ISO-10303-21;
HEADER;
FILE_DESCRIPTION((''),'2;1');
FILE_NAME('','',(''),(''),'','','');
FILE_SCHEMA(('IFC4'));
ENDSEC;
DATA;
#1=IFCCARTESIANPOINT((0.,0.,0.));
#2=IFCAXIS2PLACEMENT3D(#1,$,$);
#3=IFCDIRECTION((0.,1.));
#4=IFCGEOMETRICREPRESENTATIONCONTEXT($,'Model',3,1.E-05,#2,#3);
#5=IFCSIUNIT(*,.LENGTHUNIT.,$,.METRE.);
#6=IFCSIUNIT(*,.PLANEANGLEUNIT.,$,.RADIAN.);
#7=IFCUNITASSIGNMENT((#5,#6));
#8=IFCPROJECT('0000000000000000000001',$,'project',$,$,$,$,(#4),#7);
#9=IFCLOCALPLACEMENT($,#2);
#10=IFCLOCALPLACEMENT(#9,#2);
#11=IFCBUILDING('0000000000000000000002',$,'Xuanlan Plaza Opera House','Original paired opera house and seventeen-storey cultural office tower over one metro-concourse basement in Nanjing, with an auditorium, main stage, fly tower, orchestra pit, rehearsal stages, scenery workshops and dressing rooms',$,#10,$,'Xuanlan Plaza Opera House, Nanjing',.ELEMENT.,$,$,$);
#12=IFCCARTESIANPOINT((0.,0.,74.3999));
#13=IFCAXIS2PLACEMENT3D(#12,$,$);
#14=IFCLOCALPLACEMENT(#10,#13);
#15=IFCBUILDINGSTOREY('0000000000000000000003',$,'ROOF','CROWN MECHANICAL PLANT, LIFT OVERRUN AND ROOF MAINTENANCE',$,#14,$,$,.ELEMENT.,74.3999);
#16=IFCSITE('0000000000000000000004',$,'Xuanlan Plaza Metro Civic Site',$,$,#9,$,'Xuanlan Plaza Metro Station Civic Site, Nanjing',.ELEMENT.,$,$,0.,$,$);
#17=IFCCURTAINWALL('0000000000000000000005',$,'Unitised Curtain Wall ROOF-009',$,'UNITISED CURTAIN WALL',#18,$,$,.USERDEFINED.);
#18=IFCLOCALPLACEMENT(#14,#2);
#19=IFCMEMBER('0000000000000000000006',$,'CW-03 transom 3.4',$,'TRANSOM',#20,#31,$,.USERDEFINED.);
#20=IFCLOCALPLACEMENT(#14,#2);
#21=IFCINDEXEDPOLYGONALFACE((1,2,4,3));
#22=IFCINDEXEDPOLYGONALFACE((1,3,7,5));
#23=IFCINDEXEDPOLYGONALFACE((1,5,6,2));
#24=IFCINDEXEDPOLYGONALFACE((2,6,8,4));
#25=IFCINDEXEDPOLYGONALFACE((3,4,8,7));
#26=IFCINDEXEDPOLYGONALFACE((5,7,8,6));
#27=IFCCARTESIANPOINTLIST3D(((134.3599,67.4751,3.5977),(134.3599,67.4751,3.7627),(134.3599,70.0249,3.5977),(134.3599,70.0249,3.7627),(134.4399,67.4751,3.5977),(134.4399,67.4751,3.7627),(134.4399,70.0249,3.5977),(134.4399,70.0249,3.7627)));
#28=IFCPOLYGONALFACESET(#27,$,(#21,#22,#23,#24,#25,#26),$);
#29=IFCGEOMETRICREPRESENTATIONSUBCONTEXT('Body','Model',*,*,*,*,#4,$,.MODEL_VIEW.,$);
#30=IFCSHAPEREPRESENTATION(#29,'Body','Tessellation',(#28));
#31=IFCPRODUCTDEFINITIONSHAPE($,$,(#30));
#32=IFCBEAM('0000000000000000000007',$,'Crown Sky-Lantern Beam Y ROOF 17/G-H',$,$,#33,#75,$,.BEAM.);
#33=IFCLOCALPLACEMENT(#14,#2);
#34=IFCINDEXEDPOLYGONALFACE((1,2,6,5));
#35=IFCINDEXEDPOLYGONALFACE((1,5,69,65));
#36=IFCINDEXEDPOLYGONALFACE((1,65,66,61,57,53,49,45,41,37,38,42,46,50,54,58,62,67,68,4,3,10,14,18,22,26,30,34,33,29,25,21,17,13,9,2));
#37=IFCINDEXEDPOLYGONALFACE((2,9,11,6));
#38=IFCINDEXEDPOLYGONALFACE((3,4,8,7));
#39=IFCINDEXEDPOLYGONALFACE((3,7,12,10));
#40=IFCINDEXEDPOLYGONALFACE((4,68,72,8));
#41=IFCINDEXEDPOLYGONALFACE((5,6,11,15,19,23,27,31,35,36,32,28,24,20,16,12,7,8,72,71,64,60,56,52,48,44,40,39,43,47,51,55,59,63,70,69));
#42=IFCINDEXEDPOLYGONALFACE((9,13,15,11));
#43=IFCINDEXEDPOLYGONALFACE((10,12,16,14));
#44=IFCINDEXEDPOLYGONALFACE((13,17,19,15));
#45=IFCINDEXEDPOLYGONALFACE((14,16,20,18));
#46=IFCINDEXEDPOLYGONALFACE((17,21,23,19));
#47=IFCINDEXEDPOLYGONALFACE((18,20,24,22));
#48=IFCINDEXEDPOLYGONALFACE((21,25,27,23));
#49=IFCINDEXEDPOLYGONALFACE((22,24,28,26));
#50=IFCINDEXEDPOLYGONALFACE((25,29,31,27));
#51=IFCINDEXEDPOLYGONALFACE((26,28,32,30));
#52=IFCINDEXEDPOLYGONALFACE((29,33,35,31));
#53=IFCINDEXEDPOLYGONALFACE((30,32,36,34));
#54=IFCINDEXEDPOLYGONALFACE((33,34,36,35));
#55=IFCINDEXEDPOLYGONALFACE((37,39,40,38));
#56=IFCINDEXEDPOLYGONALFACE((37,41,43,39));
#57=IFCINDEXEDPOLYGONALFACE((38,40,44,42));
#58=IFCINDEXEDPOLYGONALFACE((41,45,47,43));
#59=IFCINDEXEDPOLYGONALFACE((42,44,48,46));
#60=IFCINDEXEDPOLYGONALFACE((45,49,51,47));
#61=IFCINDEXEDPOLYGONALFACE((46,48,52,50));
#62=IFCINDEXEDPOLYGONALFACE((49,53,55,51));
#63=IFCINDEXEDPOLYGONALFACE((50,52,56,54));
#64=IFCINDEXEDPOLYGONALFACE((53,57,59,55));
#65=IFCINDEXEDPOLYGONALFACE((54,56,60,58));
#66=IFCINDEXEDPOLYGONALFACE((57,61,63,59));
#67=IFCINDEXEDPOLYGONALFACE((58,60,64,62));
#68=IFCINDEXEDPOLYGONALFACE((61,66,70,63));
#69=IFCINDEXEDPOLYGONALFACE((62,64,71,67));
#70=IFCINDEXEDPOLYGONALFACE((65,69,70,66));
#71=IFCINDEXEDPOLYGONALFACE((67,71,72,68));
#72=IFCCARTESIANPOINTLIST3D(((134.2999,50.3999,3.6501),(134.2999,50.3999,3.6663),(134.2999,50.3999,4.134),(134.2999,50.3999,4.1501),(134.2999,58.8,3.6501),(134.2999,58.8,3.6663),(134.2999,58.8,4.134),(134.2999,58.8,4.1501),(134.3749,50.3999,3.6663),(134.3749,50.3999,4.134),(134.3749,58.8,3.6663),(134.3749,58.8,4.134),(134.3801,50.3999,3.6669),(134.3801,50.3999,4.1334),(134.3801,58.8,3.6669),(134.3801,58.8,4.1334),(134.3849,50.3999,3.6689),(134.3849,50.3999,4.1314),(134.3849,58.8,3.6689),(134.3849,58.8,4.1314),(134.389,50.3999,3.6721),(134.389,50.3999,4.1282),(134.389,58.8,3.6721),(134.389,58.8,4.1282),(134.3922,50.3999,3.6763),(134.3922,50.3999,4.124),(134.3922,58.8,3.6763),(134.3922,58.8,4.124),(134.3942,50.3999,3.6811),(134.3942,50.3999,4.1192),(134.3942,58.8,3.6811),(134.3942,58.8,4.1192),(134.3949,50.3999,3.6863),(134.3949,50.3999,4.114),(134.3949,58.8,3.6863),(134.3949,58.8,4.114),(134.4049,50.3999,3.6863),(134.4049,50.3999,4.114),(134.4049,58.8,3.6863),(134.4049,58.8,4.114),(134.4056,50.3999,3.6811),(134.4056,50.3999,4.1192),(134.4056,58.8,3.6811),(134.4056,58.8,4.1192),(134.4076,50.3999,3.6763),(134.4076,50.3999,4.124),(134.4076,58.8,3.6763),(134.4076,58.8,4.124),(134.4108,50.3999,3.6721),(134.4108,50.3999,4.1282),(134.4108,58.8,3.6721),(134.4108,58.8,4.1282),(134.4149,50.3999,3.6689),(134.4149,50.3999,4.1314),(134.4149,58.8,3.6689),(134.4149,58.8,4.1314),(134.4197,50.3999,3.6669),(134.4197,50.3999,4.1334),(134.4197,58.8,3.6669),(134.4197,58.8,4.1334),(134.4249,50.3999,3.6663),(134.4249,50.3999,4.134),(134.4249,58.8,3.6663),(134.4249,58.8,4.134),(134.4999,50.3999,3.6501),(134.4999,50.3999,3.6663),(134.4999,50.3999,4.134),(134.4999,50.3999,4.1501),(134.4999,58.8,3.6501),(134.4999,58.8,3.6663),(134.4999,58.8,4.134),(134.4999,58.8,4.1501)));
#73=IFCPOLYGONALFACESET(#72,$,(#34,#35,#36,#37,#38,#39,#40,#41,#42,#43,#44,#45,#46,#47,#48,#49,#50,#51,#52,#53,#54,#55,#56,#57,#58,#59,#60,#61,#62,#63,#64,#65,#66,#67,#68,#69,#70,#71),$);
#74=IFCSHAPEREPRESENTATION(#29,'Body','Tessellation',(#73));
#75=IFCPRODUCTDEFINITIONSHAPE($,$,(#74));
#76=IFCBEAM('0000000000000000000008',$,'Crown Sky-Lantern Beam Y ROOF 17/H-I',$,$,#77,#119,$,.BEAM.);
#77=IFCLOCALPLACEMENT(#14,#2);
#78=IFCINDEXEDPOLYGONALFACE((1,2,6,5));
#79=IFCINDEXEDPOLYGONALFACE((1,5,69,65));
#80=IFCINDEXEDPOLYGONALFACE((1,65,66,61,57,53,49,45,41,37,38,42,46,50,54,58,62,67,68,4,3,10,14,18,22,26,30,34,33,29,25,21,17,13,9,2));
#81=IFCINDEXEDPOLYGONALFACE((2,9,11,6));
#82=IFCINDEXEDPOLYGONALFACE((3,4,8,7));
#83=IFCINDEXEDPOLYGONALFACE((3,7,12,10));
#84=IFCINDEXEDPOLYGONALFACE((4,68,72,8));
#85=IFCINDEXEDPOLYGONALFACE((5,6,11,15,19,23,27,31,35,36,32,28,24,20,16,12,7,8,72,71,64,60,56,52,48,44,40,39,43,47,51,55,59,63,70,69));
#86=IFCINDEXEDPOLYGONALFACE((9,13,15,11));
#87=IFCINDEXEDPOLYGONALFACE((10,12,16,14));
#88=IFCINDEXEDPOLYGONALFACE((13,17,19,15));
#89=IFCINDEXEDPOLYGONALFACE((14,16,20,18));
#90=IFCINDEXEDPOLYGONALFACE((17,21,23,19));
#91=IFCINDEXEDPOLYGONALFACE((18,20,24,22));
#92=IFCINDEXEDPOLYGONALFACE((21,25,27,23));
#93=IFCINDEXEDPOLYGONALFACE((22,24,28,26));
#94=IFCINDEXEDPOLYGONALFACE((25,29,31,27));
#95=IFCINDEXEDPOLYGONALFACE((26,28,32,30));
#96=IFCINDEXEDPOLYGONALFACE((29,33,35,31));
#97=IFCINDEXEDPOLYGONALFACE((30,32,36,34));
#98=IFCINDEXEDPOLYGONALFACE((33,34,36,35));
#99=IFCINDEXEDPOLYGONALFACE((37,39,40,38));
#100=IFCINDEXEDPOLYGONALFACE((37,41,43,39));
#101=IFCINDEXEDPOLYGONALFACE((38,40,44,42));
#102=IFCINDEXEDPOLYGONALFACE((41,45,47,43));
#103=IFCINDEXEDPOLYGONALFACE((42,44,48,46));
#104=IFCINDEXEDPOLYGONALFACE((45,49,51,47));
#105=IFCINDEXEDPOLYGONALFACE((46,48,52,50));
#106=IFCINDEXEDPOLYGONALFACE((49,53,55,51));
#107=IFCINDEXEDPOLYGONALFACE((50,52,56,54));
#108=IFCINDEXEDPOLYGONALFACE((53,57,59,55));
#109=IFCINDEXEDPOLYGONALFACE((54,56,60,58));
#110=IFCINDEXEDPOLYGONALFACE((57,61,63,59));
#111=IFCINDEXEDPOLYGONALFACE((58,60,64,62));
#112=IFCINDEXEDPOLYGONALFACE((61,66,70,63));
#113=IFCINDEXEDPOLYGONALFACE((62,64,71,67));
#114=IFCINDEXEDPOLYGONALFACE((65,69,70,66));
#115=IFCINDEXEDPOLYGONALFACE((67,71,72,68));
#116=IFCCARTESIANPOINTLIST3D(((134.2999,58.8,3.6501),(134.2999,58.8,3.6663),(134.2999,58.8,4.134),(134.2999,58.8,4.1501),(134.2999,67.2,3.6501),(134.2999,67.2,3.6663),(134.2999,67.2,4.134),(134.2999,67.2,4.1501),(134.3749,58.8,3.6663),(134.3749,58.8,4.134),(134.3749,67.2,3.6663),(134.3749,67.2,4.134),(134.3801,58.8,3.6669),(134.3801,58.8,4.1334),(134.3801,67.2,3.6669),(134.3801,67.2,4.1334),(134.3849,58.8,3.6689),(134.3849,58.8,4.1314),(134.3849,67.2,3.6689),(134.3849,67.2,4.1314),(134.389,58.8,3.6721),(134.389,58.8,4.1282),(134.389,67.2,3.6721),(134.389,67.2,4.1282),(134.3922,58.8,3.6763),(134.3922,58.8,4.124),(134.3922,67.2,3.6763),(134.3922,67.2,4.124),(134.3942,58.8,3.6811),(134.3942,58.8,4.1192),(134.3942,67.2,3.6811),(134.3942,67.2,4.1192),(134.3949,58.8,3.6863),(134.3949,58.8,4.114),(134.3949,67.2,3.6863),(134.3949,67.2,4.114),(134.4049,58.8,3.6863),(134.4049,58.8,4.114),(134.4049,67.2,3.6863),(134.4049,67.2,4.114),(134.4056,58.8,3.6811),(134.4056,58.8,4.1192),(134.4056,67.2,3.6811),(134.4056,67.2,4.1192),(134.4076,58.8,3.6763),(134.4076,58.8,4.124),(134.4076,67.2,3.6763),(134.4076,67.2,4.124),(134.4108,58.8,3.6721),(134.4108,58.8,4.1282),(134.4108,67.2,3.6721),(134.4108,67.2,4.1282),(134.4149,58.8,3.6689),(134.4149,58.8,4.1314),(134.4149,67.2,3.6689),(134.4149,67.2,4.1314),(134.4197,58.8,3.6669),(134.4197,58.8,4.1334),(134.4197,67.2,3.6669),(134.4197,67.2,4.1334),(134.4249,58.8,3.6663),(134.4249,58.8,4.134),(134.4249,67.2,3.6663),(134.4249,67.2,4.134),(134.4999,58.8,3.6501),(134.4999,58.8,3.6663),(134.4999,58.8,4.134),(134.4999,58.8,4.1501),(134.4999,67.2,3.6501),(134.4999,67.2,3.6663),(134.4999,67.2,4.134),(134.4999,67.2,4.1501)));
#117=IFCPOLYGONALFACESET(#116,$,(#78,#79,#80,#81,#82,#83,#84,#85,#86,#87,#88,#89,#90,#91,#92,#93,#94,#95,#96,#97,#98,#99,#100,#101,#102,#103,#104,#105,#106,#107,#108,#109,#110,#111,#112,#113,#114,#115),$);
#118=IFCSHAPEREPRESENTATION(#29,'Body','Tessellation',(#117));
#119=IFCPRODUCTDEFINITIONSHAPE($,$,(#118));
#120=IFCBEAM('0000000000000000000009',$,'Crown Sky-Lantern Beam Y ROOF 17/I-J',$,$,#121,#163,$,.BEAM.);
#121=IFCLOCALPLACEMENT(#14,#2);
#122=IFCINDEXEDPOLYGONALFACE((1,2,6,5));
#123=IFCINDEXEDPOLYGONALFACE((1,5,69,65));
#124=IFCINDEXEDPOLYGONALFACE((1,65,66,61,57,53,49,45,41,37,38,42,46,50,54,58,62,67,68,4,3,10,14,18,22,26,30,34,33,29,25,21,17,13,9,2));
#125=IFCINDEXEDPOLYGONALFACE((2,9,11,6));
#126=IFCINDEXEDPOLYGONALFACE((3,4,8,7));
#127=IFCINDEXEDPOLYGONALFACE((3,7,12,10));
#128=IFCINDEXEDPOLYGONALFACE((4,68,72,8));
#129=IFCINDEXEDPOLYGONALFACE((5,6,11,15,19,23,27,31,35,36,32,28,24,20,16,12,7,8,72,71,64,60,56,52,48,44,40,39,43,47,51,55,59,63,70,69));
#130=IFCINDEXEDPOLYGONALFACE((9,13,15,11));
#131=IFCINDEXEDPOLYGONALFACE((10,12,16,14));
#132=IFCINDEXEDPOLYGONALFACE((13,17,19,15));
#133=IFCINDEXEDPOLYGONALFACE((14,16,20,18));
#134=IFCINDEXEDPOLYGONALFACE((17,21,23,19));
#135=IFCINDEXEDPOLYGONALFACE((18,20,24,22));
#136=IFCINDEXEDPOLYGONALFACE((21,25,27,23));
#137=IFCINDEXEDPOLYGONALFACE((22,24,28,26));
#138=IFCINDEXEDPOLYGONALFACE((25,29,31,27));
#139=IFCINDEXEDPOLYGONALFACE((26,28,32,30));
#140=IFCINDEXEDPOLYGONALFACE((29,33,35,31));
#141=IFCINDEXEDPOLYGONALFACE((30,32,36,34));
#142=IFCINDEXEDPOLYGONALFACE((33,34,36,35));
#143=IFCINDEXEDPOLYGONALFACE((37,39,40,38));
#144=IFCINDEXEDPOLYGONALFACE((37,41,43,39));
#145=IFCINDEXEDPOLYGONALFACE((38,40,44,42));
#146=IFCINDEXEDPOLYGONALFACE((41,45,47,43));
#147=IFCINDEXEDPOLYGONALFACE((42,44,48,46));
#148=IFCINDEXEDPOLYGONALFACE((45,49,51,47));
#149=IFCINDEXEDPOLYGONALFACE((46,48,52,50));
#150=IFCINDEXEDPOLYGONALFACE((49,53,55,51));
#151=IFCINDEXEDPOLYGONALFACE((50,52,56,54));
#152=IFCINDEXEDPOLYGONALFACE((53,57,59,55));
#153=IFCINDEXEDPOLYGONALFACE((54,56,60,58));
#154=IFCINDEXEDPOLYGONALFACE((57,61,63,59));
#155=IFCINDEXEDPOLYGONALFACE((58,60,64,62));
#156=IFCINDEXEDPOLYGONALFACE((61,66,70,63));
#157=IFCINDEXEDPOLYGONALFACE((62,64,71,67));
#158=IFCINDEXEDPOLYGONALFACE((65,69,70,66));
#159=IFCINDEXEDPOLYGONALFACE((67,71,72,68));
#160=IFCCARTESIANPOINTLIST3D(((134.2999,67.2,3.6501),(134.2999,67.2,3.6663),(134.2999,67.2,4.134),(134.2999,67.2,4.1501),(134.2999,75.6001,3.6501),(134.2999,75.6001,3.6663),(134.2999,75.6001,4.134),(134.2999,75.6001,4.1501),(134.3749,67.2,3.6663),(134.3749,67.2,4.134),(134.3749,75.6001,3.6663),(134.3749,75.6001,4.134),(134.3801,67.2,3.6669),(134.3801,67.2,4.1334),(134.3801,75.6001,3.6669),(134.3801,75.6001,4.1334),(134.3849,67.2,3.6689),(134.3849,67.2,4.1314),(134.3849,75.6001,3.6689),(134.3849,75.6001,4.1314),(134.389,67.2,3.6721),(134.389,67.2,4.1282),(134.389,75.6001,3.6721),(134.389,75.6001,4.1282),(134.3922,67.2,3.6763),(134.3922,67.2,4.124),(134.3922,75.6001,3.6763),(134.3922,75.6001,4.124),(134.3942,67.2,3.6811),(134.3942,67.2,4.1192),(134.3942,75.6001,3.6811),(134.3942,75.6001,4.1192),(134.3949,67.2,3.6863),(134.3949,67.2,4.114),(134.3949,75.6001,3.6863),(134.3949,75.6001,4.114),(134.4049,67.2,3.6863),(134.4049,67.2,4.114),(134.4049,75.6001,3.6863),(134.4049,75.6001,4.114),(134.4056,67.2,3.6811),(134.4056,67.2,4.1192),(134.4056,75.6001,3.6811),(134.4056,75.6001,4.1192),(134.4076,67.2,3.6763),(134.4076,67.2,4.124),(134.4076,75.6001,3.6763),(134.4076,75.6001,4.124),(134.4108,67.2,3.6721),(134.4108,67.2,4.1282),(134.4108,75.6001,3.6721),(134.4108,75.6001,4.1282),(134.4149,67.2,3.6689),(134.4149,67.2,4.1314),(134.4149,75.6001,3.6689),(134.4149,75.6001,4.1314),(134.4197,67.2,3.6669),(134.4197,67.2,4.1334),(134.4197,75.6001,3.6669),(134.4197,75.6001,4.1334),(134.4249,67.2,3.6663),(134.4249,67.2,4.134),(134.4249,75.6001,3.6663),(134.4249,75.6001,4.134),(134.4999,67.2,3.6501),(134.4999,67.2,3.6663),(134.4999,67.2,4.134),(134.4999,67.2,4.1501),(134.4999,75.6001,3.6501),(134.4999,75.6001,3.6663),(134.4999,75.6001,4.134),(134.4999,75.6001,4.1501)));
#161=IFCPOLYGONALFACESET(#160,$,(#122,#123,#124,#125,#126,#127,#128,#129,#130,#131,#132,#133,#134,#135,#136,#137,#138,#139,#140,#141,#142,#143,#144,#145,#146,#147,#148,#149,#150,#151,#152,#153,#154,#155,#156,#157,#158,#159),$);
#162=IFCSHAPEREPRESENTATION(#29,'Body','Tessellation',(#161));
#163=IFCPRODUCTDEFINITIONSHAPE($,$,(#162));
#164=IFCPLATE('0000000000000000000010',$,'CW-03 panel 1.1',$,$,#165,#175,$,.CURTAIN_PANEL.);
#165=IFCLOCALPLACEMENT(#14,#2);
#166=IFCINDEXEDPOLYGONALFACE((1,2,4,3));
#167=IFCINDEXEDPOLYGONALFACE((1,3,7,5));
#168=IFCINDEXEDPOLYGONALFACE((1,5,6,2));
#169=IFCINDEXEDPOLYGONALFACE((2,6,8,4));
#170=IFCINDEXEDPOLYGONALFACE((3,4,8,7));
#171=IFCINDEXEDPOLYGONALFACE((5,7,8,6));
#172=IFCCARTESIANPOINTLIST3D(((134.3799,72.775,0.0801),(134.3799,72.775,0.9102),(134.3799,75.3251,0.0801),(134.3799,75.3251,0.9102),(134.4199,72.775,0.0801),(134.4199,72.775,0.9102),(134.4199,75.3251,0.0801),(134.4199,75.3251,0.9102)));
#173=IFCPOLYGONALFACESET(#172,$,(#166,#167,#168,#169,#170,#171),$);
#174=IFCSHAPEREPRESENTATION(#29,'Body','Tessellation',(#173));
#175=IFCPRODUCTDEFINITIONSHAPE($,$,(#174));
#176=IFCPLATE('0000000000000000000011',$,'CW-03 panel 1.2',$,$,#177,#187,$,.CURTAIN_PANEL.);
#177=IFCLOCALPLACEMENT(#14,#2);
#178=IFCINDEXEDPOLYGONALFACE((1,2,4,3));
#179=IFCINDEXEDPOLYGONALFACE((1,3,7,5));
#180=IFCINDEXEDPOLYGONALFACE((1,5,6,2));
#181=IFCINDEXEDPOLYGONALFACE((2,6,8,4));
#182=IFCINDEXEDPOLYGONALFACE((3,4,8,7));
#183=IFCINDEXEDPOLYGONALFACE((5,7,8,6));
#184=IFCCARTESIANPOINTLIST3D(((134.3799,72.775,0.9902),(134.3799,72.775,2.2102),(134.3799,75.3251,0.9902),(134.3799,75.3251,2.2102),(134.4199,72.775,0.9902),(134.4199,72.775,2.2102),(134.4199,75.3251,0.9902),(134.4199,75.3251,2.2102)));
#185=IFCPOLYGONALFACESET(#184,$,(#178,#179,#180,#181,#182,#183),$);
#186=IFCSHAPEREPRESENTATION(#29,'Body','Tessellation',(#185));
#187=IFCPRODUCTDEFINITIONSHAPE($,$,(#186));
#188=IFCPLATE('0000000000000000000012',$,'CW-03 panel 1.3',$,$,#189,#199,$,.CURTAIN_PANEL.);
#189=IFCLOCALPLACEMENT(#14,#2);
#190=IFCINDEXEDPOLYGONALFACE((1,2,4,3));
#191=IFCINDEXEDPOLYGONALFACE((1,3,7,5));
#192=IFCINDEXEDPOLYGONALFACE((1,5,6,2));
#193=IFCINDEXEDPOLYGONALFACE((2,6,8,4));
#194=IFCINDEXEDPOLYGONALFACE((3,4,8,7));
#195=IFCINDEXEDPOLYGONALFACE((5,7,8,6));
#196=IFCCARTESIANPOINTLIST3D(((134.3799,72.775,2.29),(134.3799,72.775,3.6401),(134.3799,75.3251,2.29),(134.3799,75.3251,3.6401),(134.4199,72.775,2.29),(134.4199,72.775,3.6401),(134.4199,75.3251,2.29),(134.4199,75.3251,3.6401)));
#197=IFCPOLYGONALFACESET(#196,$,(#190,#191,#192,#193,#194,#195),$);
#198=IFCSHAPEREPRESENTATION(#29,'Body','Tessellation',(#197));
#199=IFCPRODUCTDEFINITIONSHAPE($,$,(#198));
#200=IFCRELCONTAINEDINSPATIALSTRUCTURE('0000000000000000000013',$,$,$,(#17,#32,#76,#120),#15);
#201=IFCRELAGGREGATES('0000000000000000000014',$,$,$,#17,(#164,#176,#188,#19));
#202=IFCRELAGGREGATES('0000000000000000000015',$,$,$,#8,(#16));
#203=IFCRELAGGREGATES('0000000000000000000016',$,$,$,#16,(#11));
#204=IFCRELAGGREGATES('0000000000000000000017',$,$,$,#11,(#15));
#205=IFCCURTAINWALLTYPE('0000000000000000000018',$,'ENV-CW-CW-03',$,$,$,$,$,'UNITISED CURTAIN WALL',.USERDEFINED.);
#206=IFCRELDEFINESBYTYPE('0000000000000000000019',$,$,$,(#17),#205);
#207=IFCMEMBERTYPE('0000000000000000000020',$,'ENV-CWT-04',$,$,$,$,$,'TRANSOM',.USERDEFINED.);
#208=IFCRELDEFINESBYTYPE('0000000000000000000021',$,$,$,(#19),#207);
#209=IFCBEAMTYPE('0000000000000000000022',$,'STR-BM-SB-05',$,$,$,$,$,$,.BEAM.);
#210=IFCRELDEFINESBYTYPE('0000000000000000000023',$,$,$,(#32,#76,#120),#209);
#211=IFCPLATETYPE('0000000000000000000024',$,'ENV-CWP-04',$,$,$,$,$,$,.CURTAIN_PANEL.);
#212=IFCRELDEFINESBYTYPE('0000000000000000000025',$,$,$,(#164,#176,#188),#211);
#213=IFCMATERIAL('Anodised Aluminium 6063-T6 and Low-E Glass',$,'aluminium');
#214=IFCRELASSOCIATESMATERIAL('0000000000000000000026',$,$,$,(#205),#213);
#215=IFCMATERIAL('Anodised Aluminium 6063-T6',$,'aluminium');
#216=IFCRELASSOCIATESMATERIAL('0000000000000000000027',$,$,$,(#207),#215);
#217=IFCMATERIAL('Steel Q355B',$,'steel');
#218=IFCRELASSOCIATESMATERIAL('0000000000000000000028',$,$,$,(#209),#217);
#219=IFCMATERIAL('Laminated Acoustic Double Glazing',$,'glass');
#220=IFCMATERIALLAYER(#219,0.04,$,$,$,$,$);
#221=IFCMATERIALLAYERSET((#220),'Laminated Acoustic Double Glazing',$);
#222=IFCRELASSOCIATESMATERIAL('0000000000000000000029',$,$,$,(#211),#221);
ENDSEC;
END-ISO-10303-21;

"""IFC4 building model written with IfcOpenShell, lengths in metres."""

from ifc_helpers import new_model, si_unit, direction, frame, origin, origin_2d, place, context, subcontext, project, spatial, rectangle, i_section, extrude, material, layer, layer_set, material_profile, profile_set, type_object, element, aggregate, save


model = new_model("IFC4")

# Units and contexts
model_context = context("Model", 3, precision=1e-05, world=origin(), true_north=direction((0.0, 1.0)))
body_context = subcontext(model_context, "Body", "Model", "MODEL_VIEW")
ifc_project = project(units=[si_unit("LENGTHUNIT", "METRE"), si_unit("PLANEANGLEUNIT", "RADIAN")], contexts=[model_context])

# Site, building, storey
site_placement = place(None, origin())
site = spatial("IfcSite", under=ifc_project, at=site_placement, Name="Xuanlan Plaza Metro Civic Site", LongName="Xuanlan Plaza Metro Station Civic Site, Nanjing", CompositionType="ELEMENT", RefElevation=0.0)
building_placement = place(site_placement, origin())
building = spatial("IfcBuilding", under=site, at=building_placement, Name="Xuanlan Plaza Opera House", Description="Original paired opera house and seventeen-storey cultural office tower over one metro-concourse basement in Nanjing, with an auditorium, main stage, fly tower, orchestra pit, rehearsal stages, scenery workshops and dressing rooms", LongName="Xuanlan Plaza Opera House, Nanjing", CompositionType="ELEMENT")
storey_placement = place(building_placement, frame((0.0, 0.0, 74.3999)))
storey = spatial("IfcBuildingStorey", under=building, at=storey_placement, Name="ROOF", Description="CROWN MECHANICAL PLANT, LIFT OVERRUN AND ROOF MAINTENANCE", CompositionType="ELEMENT", Elevation=74.3999)

# Curtain wall, member
ifc_material_1 = material(Name="Anodised Aluminium 6063-T6 and Low-E Glass", Category="aluminium")
curtain_wall_type = type_object("IfcCurtainWallType", Name="ENV-CW-CW-03", ElementType="UNITISED CURTAIN WALL", PredefinedType="USERDEFINED", material=ifc_material_1)
curtain_wall_placement = place(storey_placement, origin())
curtain_wall = element("IfcCurtainWall", 1, at=curtain_wall_placement, inside=storey, type_object=curtain_wall_type, Name="Unitised Curtain Wall ROOF-009", ObjectType="UNITISED CURTAIN WALL", PredefinedType="USERDEFINED")
ifc_material_2 = material(Name="Anodised Aluminium 6063-T6", Category="aluminium")
ifc_material_profile_1 = material_profile(ifc_material_2, rectangle(XDim=0.0801, YDim=0.165, at=origin_2d()), Name="ALU-T 80x165")
ifc_profile_set_1 = profile_set([ifc_material_profile_1], Name="Anodised Aluminium 6063-T6")
member_type_1 = type_object("IfcMemberType", Name="ENV-CWT-04", ElementType="TRANSOM", PredefinedType="USERDEFINED", material=ifc_profile_set_1)
member_1_placement = place(storey_placement, frame((134.3999, 70.0249, 3.6802), z_axis=(0.0, -1.0, 0.0), x_axis=(1.0, 0.0, 0.0)))
member_1 = element("IfcMember", 2, at=member_1_placement, type_object=member_type_1, Name="CW-03 transom 3.4", ObjectType="TRANSOM", PredefinedType="USERDEFINED", context=body_context, shape_type="SweptSolid", body=[
    extrude(rectangle(XDim=0.0801, YDim=0.165, at=origin_2d()), origin(), (0.0, 0.0, 1.0), 2.5498),
])

# Beams
ifc_material_3 = material(Name="Steel Q355B", Category="steel")
ifc_material_profile_2 = material_profile(ifc_material_3, i_section(OverallWidth=0.2, OverallDepth=0.5, WebThickness=0.01, FlangeThickness=0.0161, FilletRadius=0.02, at=origin_2d()), Name="HN 500x200x10x16")
ifc_profile_set_2 = profile_set([ifc_material_profile_2], Name="Steel Q355B")
beam_type = type_object("IfcBeamType", Name="STR-BM-SB-05", PredefinedType="BEAM", material=ifc_profile_set_2)
beam_1_placement = place(storey_placement, frame((134.3999, 50.3999, 3.9001), z_axis=(0.0, 1.0, 0.0), x_axis=(-1.0, 0.0, 0.0)))
element("IfcBeam", 3, at=beam_1_placement, inside=storey, type_object=beam_type, Name="Crown Sky-Lantern Beam Y ROOF 17/G-H", PredefinedType="BEAM", context=body_context, shape_type="SweptSolid", body=[
    extrude(i_section(OverallWidth=0.2, OverallDepth=0.5, WebThickness=0.01, FlangeThickness=0.0161, FilletRadius=0.02, at=origin_2d()), origin(), (0.0, 0.0, 1.0), 8.4001),
])
beam_2_placement = place(storey_placement, frame((134.3999, 58.8, 3.9001), z_axis=(0.0, 1.0, 0.0), x_axis=(-1.0, 0.0, 0.0)))
element("IfcBeam", 4, at=beam_2_placement, inside=storey, type_object=beam_type, Name="Crown Sky-Lantern Beam Y ROOF 17/H-I", PredefinedType="BEAM", context=body_context, shape_type="SweptSolid", body=[
    extrude(i_section(OverallWidth=0.2, OverallDepth=0.5, WebThickness=0.01, FlangeThickness=0.0161, FilletRadius=0.02, at=origin_2d()), origin(), (0.0, 0.0, 1.0), 8.3999),
])
beam_3_placement = place(storey_placement, frame((134.3999, 67.2, 3.9001), z_axis=(0.0, 1.0, 0.0), x_axis=(-1.0, 0.0, 0.0)))
element("IfcBeam", 5, at=beam_3_placement, inside=storey, type_object=beam_type, Name="Crown Sky-Lantern Beam Y ROOF 17/I-J", PredefinedType="BEAM", context=body_context, shape_type="SweptSolid", body=[
    extrude(i_section(OverallWidth=0.2, OverallDepth=0.5, WebThickness=0.01, FlangeThickness=0.0161, FilletRadius=0.02, at=origin_2d()), origin(), (0.0, 0.0, 1.0), 8.4001),
])

# Plates
ifc_material_4 = material(Name="Laminated Acoustic Double Glazing", Category="glass")
ifc_layer = layer(ifc_material_4, 0.04)
ifc_layer_set = layer_set([ifc_layer], Name="Laminated Acoustic Double Glazing")
plate_type = type_object("IfcPlateType", Name="ENV-CWP-04", PredefinedType="CURTAIN_PANEL", material=ifc_layer_set)
plate_1_placement = place(storey_placement, frame((134.3999, 74.05, 0.0801), z_axis=(0.0, 0.0, 1.0), x_axis=(0.0, -1.0, 0.0)))
plate_1 = element("IfcPlate", 6, at=plate_1_placement, type_object=plate_type, Name="CW-03 panel 1.1", PredefinedType="CURTAIN_PANEL", context=body_context, shape_type="SweptSolid", body=[
    extrude(rectangle(XDim=2.55, YDim=0.04, at=origin_2d()), origin(), (0.0, 0.0, 1.0), 0.8301),
])
plate_2_placement = place(storey_placement, frame((134.3999, 74.05, 0.9902), z_axis=(0.0, 0.0, 1.0), x_axis=(0.0, -1.0, 0.0)))
plate_2 = element("IfcPlate", 7, at=plate_2_placement, type_object=plate_type, Name="CW-03 panel 1.2", PredefinedType="CURTAIN_PANEL", context=body_context, shape_type="SweptSolid", body=[
    extrude(rectangle(XDim=2.55, YDim=0.04, at=origin_2d()), origin(), (0.0, 0.0, 1.0), 1.22),
])
plate_3_placement = place(storey_placement, frame((134.3999, 74.05, 2.29), z_axis=(0.0, 0.0, 1.0), x_axis=(0.0, -1.0, 0.0)))
plate_3 = element("IfcPlate", 8, at=plate_3_placement, type_object=plate_type, Name="CW-03 panel 1.3", PredefinedType="CURTAIN_PANEL", context=body_context, shape_type="SweptSolid", body=[
    extrude(rectangle(XDim=2.55, YDim=0.04, at=origin_2d()), origin(), (0.0, 0.0, 1.0), 1.3501),
])
aggregate(curtain_wall, [plate_1, plate_2, plate_3, member_1])

save(model, "model.ifc")
